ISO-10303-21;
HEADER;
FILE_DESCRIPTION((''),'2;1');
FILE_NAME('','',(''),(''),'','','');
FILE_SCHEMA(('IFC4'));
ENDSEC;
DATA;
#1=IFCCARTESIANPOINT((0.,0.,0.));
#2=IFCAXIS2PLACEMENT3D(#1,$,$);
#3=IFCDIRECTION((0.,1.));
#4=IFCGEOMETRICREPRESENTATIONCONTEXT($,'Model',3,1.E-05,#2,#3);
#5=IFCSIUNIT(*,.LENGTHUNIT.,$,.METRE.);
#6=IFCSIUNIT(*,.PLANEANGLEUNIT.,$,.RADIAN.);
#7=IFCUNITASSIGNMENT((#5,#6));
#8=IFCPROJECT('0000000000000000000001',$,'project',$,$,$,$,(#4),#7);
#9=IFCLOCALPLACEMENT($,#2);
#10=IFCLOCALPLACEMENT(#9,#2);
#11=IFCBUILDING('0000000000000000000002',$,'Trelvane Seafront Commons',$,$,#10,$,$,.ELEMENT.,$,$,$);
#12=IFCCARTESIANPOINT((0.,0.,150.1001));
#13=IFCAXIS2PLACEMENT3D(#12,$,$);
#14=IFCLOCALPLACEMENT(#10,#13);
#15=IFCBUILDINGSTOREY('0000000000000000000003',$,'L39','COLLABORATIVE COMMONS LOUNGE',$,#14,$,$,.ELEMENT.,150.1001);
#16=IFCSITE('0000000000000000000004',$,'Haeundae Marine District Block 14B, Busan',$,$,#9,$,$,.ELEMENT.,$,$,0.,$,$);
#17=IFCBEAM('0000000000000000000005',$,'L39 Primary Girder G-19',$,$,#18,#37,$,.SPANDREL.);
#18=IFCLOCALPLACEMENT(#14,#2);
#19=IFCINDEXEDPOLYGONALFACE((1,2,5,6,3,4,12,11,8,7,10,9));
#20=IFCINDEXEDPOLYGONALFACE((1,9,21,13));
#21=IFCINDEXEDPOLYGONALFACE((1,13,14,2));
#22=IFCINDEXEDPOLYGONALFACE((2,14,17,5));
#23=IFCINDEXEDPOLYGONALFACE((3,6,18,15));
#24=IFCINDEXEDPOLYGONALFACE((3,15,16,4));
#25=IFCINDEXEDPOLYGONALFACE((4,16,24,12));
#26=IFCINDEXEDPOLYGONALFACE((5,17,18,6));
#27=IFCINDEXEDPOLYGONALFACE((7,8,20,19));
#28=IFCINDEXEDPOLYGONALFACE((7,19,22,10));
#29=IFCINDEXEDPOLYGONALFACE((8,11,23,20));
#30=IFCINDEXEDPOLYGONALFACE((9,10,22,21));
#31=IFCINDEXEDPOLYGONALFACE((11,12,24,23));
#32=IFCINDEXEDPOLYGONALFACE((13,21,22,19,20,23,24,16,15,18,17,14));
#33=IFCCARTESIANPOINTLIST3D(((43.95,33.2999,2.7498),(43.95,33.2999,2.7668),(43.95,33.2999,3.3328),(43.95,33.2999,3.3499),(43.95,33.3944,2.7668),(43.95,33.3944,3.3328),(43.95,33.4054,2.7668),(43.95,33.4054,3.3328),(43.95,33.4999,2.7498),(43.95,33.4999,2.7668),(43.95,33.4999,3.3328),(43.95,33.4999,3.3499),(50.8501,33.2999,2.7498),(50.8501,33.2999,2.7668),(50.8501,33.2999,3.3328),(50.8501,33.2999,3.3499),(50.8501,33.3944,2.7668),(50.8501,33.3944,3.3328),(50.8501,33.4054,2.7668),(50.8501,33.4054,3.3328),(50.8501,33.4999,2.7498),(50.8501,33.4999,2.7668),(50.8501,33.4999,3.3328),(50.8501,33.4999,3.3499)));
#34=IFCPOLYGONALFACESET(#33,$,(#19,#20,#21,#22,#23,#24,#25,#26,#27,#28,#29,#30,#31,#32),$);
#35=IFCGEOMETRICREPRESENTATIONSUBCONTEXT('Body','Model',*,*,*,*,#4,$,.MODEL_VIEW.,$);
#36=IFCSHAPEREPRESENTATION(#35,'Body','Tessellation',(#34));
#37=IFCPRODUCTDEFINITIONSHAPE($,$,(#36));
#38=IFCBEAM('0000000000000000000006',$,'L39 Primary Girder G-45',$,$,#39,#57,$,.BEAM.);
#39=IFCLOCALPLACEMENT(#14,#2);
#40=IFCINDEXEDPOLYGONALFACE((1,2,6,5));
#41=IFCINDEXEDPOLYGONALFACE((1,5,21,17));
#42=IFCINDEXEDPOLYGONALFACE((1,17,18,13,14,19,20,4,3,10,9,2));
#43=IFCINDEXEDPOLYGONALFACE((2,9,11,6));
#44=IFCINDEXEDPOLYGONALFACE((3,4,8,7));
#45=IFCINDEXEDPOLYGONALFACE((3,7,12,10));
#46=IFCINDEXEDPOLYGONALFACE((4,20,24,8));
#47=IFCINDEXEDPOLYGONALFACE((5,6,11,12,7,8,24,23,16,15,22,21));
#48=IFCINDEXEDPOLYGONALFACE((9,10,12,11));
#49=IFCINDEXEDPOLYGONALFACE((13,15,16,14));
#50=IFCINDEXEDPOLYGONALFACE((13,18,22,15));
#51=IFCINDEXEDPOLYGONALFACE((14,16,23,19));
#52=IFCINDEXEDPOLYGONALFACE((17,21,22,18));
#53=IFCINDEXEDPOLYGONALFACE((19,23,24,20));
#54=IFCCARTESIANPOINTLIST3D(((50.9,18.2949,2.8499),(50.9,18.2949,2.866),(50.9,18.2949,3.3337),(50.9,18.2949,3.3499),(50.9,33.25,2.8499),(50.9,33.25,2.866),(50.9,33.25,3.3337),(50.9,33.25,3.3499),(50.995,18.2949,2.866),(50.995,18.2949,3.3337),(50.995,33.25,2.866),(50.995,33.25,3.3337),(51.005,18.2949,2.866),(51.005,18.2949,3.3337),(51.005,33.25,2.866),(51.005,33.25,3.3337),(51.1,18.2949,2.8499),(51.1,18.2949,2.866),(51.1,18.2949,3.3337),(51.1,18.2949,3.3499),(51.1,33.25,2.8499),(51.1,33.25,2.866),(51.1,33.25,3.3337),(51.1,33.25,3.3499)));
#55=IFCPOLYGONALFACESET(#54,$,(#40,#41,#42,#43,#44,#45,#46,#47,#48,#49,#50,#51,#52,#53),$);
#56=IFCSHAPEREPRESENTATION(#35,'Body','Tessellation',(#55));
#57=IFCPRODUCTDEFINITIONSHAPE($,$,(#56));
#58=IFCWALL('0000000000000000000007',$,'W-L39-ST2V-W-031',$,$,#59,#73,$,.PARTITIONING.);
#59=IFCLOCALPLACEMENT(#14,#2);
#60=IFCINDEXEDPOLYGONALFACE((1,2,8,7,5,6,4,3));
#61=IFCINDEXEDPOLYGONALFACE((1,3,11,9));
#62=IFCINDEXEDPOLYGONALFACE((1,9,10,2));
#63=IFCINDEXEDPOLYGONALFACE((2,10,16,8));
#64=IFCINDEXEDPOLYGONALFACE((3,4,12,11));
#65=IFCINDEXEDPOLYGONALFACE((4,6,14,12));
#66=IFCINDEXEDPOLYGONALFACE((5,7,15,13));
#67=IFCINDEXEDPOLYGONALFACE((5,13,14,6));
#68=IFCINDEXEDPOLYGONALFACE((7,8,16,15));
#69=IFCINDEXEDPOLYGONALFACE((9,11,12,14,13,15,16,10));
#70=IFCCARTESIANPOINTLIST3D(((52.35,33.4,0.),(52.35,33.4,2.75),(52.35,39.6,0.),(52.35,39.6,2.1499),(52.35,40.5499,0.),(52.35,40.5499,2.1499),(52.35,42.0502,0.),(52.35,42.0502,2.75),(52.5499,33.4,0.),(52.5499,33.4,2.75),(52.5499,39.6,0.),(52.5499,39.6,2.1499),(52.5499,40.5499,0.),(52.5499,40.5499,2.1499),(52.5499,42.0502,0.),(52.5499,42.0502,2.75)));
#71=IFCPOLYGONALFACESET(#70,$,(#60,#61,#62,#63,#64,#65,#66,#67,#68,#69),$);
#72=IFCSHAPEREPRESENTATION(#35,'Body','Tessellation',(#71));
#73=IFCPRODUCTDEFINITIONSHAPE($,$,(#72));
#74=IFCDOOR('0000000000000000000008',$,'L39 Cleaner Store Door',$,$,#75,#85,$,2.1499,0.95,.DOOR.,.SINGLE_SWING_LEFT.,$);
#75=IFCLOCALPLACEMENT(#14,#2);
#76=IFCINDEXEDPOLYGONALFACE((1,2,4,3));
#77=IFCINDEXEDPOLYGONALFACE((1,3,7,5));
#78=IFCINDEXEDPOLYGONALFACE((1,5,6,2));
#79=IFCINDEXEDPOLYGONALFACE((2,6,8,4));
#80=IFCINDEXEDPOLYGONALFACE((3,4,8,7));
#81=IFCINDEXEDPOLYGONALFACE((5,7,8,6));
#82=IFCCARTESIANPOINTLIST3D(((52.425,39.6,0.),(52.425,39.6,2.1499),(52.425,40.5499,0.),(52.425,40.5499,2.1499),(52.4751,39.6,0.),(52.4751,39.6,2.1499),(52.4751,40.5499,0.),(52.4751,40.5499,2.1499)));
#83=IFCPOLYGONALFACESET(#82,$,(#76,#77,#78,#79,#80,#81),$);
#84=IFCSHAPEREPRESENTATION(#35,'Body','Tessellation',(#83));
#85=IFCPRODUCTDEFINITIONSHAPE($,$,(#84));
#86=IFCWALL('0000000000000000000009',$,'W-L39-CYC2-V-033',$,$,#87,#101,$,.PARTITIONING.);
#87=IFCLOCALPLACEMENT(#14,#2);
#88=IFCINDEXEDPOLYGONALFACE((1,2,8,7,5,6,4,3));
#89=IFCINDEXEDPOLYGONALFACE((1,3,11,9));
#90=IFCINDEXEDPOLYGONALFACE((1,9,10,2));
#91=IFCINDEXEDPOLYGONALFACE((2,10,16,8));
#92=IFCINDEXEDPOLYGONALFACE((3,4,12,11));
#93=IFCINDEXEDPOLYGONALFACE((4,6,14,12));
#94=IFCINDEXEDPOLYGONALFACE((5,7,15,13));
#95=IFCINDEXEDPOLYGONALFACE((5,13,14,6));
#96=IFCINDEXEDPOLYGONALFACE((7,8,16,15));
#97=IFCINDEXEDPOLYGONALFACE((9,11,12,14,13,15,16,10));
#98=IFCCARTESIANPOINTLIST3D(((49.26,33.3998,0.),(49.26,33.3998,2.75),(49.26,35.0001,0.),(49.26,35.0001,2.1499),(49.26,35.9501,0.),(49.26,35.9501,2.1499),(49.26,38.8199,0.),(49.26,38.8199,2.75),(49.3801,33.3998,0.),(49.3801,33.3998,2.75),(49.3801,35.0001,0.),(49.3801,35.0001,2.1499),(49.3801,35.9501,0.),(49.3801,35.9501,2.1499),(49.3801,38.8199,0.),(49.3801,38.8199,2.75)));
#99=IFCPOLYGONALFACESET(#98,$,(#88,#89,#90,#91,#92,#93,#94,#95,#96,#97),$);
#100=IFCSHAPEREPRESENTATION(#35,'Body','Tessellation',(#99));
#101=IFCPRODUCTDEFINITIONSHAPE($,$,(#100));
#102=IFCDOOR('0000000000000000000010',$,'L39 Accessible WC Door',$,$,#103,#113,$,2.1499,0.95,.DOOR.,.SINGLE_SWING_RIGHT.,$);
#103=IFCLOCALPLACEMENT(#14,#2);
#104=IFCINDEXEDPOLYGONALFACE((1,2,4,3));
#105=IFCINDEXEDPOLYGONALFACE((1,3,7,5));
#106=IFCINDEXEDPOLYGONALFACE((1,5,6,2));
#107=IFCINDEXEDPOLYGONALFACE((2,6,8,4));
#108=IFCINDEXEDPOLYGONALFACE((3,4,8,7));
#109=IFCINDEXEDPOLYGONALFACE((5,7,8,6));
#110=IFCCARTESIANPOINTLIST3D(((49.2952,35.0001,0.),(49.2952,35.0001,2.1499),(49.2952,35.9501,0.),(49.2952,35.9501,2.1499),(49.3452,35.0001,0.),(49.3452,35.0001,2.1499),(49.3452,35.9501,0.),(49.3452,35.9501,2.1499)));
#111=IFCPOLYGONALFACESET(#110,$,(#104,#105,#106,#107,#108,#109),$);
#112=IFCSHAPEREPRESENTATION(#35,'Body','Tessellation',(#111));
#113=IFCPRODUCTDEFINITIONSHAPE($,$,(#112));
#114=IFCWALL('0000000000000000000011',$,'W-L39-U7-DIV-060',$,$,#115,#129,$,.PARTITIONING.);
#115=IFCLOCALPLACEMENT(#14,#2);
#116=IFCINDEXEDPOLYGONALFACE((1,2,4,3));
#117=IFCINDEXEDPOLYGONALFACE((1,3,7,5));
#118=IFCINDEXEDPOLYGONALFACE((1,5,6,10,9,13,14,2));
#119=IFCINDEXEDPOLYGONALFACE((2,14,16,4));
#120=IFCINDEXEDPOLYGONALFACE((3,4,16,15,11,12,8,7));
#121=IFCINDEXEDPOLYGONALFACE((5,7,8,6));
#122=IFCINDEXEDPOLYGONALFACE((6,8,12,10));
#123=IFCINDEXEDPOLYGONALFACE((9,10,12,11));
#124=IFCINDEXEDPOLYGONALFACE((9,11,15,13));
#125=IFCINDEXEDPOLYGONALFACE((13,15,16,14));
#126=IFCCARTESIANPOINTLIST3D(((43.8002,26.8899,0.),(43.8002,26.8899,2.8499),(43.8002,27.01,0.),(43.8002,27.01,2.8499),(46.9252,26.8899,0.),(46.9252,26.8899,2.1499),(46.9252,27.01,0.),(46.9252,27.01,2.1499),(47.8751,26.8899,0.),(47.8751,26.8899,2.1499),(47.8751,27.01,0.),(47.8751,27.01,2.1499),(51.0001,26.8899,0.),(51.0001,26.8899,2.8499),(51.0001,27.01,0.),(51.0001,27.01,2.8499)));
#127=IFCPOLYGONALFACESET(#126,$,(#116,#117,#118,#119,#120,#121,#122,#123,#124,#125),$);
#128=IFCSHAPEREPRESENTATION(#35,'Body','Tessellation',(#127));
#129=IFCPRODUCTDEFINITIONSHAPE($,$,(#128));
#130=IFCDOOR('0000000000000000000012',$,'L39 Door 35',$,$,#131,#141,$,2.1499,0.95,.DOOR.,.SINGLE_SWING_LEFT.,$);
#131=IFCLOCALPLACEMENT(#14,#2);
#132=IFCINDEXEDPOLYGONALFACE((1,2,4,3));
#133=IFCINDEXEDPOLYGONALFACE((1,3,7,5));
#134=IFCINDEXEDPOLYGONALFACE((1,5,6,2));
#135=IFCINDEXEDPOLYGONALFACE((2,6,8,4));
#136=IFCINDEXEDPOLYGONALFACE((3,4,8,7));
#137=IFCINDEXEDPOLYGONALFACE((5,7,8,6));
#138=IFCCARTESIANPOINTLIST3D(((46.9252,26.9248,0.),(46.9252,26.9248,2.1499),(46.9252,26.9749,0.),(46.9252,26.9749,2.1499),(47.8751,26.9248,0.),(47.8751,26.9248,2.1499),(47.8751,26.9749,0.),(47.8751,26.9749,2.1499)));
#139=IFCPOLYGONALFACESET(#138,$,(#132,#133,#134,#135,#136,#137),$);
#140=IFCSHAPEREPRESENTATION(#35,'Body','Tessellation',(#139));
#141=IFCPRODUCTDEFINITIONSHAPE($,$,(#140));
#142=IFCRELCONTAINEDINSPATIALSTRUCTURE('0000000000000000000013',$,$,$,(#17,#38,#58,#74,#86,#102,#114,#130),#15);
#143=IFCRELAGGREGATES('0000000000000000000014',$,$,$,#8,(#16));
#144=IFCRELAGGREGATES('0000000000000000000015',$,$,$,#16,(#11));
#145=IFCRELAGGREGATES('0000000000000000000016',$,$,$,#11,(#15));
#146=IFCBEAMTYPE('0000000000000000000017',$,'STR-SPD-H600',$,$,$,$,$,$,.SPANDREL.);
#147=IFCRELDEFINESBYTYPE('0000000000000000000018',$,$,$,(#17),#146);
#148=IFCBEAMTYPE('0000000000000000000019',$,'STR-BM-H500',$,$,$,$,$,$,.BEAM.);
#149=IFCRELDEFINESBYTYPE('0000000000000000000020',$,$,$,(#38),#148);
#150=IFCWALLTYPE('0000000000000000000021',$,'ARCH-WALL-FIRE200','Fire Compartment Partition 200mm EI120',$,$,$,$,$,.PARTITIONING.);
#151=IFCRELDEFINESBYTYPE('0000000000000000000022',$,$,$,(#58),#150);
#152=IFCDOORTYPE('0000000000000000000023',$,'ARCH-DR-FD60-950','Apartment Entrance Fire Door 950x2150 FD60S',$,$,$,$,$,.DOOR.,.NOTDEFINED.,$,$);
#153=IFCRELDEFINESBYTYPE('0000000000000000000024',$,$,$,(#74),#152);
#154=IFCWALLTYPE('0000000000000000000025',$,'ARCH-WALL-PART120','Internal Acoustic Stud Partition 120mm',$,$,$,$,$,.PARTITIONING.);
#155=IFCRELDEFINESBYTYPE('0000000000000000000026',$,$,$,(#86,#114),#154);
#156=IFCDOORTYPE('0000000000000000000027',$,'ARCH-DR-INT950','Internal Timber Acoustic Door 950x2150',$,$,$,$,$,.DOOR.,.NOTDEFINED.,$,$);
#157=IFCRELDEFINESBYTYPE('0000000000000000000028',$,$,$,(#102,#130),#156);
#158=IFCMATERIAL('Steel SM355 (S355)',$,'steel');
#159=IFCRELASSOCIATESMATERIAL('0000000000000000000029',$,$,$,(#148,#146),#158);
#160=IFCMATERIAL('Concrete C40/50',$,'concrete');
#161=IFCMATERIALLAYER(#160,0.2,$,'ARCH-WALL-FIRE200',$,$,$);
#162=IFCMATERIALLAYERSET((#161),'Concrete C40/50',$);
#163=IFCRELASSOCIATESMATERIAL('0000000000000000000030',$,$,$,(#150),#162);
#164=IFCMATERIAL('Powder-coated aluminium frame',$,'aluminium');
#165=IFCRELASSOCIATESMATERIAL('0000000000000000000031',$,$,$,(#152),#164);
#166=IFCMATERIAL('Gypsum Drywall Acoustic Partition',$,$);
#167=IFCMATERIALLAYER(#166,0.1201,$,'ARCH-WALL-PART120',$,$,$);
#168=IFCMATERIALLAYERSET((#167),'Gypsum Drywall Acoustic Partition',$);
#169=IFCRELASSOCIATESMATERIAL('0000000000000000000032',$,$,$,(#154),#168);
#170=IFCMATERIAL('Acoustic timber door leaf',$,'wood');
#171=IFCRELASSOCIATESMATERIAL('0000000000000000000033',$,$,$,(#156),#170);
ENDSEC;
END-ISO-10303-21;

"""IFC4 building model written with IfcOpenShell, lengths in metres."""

from ifc_helpers import new_model, si_unit, direction, frame, frame_2d, origin, origin_2d, place, context, subcontext, project, spatial, rectangle, i_section, extrude, source, transform, mapped, material, layer, layer_set, material_profile, profile_set, type_object, element, fill, save


model = new_model("IFC4")

# Units and contexts
model_context = context("Model", 3, precision=1e-05, world=origin(), true_north=direction((0.0, 1.0)))
body_context = subcontext(model_context, "Body", "Model", "MODEL_VIEW")
ifc_project = project(units=[si_unit("LENGTHUNIT", "METRE"), si_unit("PLANEANGLEUNIT", "RADIAN")], contexts=[model_context])

# Site, building, storey
site_placement = place(None, origin())
site = spatial("IfcSite", under=ifc_project, at=site_placement, Name="Haeundae Marine District Block 14B, Busan", CompositionType="ELEMENT", RefElevation=0.0)
building_placement = place(site_placement, origin())
building = spatial("IfcBuilding", under=site, at=building_placement, Name="Trelvane Seafront Commons", CompositionType="ELEMENT")
storey_placement = place(building_placement, frame((0.0, 0.0, 150.1001)))
storey = spatial("IfcBuildingStorey", under=building, at=storey_placement, Name="L39", Description="COLLABORATIVE COMMONS LOUNGE", CompositionType="ELEMENT", Elevation=150.1001)

# Beams
ifc_material_1 = material(Name="Steel SM355 (S355)", Category="steel")
ifc_material_profile_1 = material_profile(ifc_material_1, i_section(OverallWidth=0.2, OverallDepth=0.5, WebThickness=0.01, FlangeThickness=0.0161, at=origin_2d()), Name="H-500x200x10x16")
ifc_profile_set_1 = profile_set([ifc_material_profile_1], Name="Steel SM355 (S355)")
beam_type_1 = type_object("IfcBeamType", Name="STR-BM-H500", PredefinedType="BEAM", material=ifc_profile_set_1)
ifc_material_profile_2 = material_profile(ifc_material_1, i_section(OverallWidth=0.2, OverallDepth=0.6001, WebThickness=0.011, FlangeThickness=0.0171, at=origin_2d()), Name="H-600x200x11x17")
ifc_profile_set_2 = profile_set([ifc_material_profile_2], Name="Steel SM355 (S355)")
beam_type_2 = type_object("IfcBeamType", Name="STR-SPD-H600", PredefinedType="SPANDREL", material=ifc_profile_set_2)
shared_shape_1 = source(origin(), body_context, "Body", "SweptSolid", [
    extrude(i_section(OverallWidth=0.2, OverallDepth=0.6001, WebThickness=0.011, FlangeThickness=0.0171, at=origin_2d()), origin(), (0.0, 0.0, 1.0), 6.9001),
])
beam_1_placement = place(storey_placement, frame((43.95, 33.3999, 3.0498), z_axis=(1.0, 0.0, 0.0), x_axis=(0.0, 1.0, 0.0)))
element("IfcBeam", 1, at=beam_1_placement, inside=storey, type_object=beam_type_2, Name="L39 Primary Girder G-19", PredefinedType="SPANDREL", context=body_context, shape_type="MappedRepresentation", body=[
    mapped(shared_shape_1, transform((0.0, 0.0, 0.0), x_axis=(1.0, 0.0, 0.0), y_axis=(0.0, 1.0, 0.0), z_axis=(0.0, 0.0, 1.0), scale=1.0)),
])
shared_shape_2 = source(origin(), body_context, "Body", "SweptSolid", [
    extrude(i_section(OverallWidth=0.2, OverallDepth=0.5, WebThickness=0.01, FlangeThickness=0.0161, at=origin_2d()), origin(), (0.0, 0.0, 1.0), 14.9551),
])
beam_2_placement = place(storey_placement, frame((51.0, 18.2949, 3.0999), z_axis=(0.0, 1.0, 0.0), x_axis=(-1.0, 0.0, 0.0)))
element("IfcBeam", 2, at=beam_2_placement, inside=storey, type_object=beam_type_1, Name="L39 Primary Girder G-45", PredefinedType="BEAM", context=body_context, shape_type="MappedRepresentation", body=[
    mapped(shared_shape_2, transform((0.0, 0.0, 0.0), x_axis=(1.0, 0.0, 0.0), y_axis=(0.0, 1.0, 0.0), z_axis=(0.0, 0.0, 1.0), scale=1.0)),
])

# Wall, opening, door
ifc_material_2 = material(Name="Concrete C40/50", Category="concrete")
ifc_layer_1 = layer(ifc_material_2, 0.2, Name="ARCH-WALL-FIRE200")
ifc_layer_set_1 = layer_set([ifc_layer_1], Name="Concrete C40/50")
wall_type_1 = type_object("IfcWallType", Name="ARCH-WALL-FIRE200", Description="Fire Compartment Partition 200mm EI120", PredefinedType="PARTITIONING", material=ifc_layer_set_1)
wall_1_placement = place(storey_placement, frame((52.45, 33.3999, 0.0), z_axis=(0.0, 0.0, 1.0), x_axis=(0.0, 1.0, 0.0)))
wall_1 = element("IfcWall", 3, at=wall_1_placement, inside=storey, type_object=wall_type_1, Name="W-L39-ST2V-W-031", PredefinedType="PARTITIONING", context=body_context, shape_type="SweptSolid", body=[
    extrude(rectangle(XDim=8.6501, YDim=0.2, at=frame_2d((4.3252, 0.0))), origin(), (0.0, 0.0, 1.0), 2.75),
])
opening_1_placement = place(wall_1_placement, frame((6.2, 0.0, 0.0)))
opening_1 = element("IfcOpeningElement", 4, at=opening_1_placement, cuts=wall_1, PredefinedType="OPENING", context=body_context, shape_type="SweptSolid", body=[
    extrude(rectangle(XDim=0.95, YDim=2.1499, at=frame_2d((0.4751, 1.075))), frame((0.0, 0.1099, 0.0), z_axis=(0.0, -1.0, 0.0), x_axis=(1.0, 0.0, 0.0)), (0.0, 0.0, 1.0), 0.22),
])
ifc_material_3 = material(Name="Powder-coated aluminium frame", Category="aluminium")
door_type_1 = type_object("IfcDoorType", Name="ARCH-DR-FD60-950", Description="Apartment Entrance Fire Door 950x2150 FD60S", OperationType="NOTDEFINED", PredefinedType="DOOR", material=ifc_material_3)
shared_shape_3 = source(origin(), body_context, "Body", "SweptSolid", [
    extrude(rectangle(XDim=0.95, YDim=2.1499, at=frame_2d((0.4751, 1.075))), frame((0.0, 0.0249, 0.0), z_axis=(0.0, -1.0, 0.0), x_axis=(1.0, 0.0, 0.0)), (0.0, 0.0, 1.0), 0.05),
])
door_1_placement = place(opening_1_placement, origin())
door_1 = element("IfcDoor", 5, at=door_1_placement, inside=storey, type_object=door_type_1, Name="L39 Cleaner Store Door", OperationType="SINGLE_SWING_LEFT", OverallHeight=2.1499, OverallWidth=0.95, PredefinedType="DOOR", context=body_context, shape_type="MappedRepresentation", body=[
    mapped(shared_shape_3, transform((0.0, 0.0, 0.0), x_axis=(1.0, 0.0, 0.0), y_axis=(0.0, 1.0, 0.0), z_axis=(0.0, 0.0, 1.0), scale=1.0)),
])
fill(opening_1, door_1)

# Walls, openings, doors
ifc_material_4 = material(Name="Gypsum Drywall Acoustic Partition")
ifc_layer_2 = layer(ifc_material_4, 0.1201, Name="ARCH-WALL-PART120")
ifc_layer_set_2 = layer_set([ifc_layer_2], Name="Gypsum Drywall Acoustic Partition")
wall_type_2 = type_object("IfcWallType", Name="ARCH-WALL-PART120", Description="Internal Acoustic Stud Partition 120mm", PredefinedType="PARTITIONING", material=ifc_layer_set_2)
wall_2_placement = place(storey_placement, frame((49.3201, 33.3999, 0.0), z_axis=(0.0, 0.0, 1.0), x_axis=(0.0, 1.0, 0.0)))
wall_2 = element("IfcWall", 6, at=wall_2_placement, inside=storey, type_object=wall_type_2, Name="W-L39-CYC2-V-033", PredefinedType="PARTITIONING", context=body_context, shape_type="SweptSolid", body=[
    extrude(rectangle(XDim=5.4202, YDim=0.1201, at=frame_2d((2.71, 0.0))), origin(), (0.0, 0.0, 1.0), 2.75),
])
opening_2_placement = place(wall_2_placement, frame((1.6001, 0.0, 0.0)))
opening_2 = element("IfcOpeningElement", 7, at=opening_2_placement, cuts=wall_2, PredefinedType="OPENING", context=body_context, shape_type="SweptSolid", body=[
    extrude(rectangle(XDim=0.95, YDim=2.1499, at=frame_2d((0.4751, 1.075))), frame((0.0, 0.0701, 0.0), z_axis=(0.0, -1.0, 0.0), x_axis=(1.0, 0.0, 0.0)), (0.0, 0.0, 1.0), 0.1401),
])
ifc_material_5 = material(Name="Acoustic timber door leaf", Category="wood")
door_type_2 = type_object("IfcDoorType", Name="ARCH-DR-INT950", Description="Internal Timber Acoustic Door 950x2150", OperationType="NOTDEFINED", PredefinedType="DOOR", material=ifc_material_5)
door_2_placement = place(opening_2_placement, origin())
door_2 = element("IfcDoor", 8, at=door_2_placement, inside=storey, type_object=door_type_2, Name="L39 Accessible WC Door", OperationType="SINGLE_SWING_RIGHT", OverallHeight=2.1499, OverallWidth=0.95, PredefinedType="DOOR", context=body_context, shape_type="MappedRepresentation", body=[
    mapped(shared_shape_3, transform((0.0, 0.0, 0.0), x_axis=(1.0, 0.0, 0.0), y_axis=(0.0, 1.0, 0.0), z_axis=(0.0, 0.0, 1.0), scale=1.0)),
])
fill(opening_2, door_2)
wall_3_placement = place(storey_placement, frame((43.8, 26.95, 0.0), z_axis=(0.0, 0.0, 1.0), x_axis=(1.0, 0.0, 0.0)))
wall_3 = element("IfcWall", 9, at=wall_3_placement, inside=storey, type_object=wall_type_2, Name="W-L39-U7-DIV-060", PredefinedType="PARTITIONING", context=body_context, shape_type="SweptSolid", body=[
    extrude(rectangle(XDim=7.2, YDim=0.1201, at=frame_2d((3.6001, 0.0))), origin(), (0.0, 0.0, 1.0), 2.8499),
])
opening_3_placement = place(wall_3_placement, frame((3.125, 0.0, 0.0)))
opening_3 = element("IfcOpeningElement", 10, at=opening_3_placement, cuts=wall_3, PredefinedType="OPENING", context=body_context, shape_type="SweptSolid", body=[
    extrude(rectangle(XDim=0.95, YDim=2.1499, at=frame_2d((0.4751, 1.075))), frame((0.0, 0.0701, 0.0), z_axis=(0.0, -1.0, 0.0), x_axis=(1.0, 0.0, 0.0)), (0.0, 0.0, 1.0), 0.1401),
])
door_3_placement = place(opening_3_placement, origin())
door_3 = element("IfcDoor", 11, at=door_3_placement, inside=storey, type_object=door_type_2, Name="L39 Door 35", OperationType="SINGLE_SWING_LEFT", OverallHeight=2.1499, OverallWidth=0.95, PredefinedType="DOOR", context=body_context, shape_type="MappedRepresentation", body=[
    mapped(shared_shape_3, transform((0.0, 0.0, 0.0), x_axis=(1.0, 0.0, 0.0), y_axis=(0.0, 1.0, 0.0), z_axis=(0.0, 0.0, 1.0), scale=1.0)),
])
fill(opening_3, door_3)

save(model, "model.ifc")
